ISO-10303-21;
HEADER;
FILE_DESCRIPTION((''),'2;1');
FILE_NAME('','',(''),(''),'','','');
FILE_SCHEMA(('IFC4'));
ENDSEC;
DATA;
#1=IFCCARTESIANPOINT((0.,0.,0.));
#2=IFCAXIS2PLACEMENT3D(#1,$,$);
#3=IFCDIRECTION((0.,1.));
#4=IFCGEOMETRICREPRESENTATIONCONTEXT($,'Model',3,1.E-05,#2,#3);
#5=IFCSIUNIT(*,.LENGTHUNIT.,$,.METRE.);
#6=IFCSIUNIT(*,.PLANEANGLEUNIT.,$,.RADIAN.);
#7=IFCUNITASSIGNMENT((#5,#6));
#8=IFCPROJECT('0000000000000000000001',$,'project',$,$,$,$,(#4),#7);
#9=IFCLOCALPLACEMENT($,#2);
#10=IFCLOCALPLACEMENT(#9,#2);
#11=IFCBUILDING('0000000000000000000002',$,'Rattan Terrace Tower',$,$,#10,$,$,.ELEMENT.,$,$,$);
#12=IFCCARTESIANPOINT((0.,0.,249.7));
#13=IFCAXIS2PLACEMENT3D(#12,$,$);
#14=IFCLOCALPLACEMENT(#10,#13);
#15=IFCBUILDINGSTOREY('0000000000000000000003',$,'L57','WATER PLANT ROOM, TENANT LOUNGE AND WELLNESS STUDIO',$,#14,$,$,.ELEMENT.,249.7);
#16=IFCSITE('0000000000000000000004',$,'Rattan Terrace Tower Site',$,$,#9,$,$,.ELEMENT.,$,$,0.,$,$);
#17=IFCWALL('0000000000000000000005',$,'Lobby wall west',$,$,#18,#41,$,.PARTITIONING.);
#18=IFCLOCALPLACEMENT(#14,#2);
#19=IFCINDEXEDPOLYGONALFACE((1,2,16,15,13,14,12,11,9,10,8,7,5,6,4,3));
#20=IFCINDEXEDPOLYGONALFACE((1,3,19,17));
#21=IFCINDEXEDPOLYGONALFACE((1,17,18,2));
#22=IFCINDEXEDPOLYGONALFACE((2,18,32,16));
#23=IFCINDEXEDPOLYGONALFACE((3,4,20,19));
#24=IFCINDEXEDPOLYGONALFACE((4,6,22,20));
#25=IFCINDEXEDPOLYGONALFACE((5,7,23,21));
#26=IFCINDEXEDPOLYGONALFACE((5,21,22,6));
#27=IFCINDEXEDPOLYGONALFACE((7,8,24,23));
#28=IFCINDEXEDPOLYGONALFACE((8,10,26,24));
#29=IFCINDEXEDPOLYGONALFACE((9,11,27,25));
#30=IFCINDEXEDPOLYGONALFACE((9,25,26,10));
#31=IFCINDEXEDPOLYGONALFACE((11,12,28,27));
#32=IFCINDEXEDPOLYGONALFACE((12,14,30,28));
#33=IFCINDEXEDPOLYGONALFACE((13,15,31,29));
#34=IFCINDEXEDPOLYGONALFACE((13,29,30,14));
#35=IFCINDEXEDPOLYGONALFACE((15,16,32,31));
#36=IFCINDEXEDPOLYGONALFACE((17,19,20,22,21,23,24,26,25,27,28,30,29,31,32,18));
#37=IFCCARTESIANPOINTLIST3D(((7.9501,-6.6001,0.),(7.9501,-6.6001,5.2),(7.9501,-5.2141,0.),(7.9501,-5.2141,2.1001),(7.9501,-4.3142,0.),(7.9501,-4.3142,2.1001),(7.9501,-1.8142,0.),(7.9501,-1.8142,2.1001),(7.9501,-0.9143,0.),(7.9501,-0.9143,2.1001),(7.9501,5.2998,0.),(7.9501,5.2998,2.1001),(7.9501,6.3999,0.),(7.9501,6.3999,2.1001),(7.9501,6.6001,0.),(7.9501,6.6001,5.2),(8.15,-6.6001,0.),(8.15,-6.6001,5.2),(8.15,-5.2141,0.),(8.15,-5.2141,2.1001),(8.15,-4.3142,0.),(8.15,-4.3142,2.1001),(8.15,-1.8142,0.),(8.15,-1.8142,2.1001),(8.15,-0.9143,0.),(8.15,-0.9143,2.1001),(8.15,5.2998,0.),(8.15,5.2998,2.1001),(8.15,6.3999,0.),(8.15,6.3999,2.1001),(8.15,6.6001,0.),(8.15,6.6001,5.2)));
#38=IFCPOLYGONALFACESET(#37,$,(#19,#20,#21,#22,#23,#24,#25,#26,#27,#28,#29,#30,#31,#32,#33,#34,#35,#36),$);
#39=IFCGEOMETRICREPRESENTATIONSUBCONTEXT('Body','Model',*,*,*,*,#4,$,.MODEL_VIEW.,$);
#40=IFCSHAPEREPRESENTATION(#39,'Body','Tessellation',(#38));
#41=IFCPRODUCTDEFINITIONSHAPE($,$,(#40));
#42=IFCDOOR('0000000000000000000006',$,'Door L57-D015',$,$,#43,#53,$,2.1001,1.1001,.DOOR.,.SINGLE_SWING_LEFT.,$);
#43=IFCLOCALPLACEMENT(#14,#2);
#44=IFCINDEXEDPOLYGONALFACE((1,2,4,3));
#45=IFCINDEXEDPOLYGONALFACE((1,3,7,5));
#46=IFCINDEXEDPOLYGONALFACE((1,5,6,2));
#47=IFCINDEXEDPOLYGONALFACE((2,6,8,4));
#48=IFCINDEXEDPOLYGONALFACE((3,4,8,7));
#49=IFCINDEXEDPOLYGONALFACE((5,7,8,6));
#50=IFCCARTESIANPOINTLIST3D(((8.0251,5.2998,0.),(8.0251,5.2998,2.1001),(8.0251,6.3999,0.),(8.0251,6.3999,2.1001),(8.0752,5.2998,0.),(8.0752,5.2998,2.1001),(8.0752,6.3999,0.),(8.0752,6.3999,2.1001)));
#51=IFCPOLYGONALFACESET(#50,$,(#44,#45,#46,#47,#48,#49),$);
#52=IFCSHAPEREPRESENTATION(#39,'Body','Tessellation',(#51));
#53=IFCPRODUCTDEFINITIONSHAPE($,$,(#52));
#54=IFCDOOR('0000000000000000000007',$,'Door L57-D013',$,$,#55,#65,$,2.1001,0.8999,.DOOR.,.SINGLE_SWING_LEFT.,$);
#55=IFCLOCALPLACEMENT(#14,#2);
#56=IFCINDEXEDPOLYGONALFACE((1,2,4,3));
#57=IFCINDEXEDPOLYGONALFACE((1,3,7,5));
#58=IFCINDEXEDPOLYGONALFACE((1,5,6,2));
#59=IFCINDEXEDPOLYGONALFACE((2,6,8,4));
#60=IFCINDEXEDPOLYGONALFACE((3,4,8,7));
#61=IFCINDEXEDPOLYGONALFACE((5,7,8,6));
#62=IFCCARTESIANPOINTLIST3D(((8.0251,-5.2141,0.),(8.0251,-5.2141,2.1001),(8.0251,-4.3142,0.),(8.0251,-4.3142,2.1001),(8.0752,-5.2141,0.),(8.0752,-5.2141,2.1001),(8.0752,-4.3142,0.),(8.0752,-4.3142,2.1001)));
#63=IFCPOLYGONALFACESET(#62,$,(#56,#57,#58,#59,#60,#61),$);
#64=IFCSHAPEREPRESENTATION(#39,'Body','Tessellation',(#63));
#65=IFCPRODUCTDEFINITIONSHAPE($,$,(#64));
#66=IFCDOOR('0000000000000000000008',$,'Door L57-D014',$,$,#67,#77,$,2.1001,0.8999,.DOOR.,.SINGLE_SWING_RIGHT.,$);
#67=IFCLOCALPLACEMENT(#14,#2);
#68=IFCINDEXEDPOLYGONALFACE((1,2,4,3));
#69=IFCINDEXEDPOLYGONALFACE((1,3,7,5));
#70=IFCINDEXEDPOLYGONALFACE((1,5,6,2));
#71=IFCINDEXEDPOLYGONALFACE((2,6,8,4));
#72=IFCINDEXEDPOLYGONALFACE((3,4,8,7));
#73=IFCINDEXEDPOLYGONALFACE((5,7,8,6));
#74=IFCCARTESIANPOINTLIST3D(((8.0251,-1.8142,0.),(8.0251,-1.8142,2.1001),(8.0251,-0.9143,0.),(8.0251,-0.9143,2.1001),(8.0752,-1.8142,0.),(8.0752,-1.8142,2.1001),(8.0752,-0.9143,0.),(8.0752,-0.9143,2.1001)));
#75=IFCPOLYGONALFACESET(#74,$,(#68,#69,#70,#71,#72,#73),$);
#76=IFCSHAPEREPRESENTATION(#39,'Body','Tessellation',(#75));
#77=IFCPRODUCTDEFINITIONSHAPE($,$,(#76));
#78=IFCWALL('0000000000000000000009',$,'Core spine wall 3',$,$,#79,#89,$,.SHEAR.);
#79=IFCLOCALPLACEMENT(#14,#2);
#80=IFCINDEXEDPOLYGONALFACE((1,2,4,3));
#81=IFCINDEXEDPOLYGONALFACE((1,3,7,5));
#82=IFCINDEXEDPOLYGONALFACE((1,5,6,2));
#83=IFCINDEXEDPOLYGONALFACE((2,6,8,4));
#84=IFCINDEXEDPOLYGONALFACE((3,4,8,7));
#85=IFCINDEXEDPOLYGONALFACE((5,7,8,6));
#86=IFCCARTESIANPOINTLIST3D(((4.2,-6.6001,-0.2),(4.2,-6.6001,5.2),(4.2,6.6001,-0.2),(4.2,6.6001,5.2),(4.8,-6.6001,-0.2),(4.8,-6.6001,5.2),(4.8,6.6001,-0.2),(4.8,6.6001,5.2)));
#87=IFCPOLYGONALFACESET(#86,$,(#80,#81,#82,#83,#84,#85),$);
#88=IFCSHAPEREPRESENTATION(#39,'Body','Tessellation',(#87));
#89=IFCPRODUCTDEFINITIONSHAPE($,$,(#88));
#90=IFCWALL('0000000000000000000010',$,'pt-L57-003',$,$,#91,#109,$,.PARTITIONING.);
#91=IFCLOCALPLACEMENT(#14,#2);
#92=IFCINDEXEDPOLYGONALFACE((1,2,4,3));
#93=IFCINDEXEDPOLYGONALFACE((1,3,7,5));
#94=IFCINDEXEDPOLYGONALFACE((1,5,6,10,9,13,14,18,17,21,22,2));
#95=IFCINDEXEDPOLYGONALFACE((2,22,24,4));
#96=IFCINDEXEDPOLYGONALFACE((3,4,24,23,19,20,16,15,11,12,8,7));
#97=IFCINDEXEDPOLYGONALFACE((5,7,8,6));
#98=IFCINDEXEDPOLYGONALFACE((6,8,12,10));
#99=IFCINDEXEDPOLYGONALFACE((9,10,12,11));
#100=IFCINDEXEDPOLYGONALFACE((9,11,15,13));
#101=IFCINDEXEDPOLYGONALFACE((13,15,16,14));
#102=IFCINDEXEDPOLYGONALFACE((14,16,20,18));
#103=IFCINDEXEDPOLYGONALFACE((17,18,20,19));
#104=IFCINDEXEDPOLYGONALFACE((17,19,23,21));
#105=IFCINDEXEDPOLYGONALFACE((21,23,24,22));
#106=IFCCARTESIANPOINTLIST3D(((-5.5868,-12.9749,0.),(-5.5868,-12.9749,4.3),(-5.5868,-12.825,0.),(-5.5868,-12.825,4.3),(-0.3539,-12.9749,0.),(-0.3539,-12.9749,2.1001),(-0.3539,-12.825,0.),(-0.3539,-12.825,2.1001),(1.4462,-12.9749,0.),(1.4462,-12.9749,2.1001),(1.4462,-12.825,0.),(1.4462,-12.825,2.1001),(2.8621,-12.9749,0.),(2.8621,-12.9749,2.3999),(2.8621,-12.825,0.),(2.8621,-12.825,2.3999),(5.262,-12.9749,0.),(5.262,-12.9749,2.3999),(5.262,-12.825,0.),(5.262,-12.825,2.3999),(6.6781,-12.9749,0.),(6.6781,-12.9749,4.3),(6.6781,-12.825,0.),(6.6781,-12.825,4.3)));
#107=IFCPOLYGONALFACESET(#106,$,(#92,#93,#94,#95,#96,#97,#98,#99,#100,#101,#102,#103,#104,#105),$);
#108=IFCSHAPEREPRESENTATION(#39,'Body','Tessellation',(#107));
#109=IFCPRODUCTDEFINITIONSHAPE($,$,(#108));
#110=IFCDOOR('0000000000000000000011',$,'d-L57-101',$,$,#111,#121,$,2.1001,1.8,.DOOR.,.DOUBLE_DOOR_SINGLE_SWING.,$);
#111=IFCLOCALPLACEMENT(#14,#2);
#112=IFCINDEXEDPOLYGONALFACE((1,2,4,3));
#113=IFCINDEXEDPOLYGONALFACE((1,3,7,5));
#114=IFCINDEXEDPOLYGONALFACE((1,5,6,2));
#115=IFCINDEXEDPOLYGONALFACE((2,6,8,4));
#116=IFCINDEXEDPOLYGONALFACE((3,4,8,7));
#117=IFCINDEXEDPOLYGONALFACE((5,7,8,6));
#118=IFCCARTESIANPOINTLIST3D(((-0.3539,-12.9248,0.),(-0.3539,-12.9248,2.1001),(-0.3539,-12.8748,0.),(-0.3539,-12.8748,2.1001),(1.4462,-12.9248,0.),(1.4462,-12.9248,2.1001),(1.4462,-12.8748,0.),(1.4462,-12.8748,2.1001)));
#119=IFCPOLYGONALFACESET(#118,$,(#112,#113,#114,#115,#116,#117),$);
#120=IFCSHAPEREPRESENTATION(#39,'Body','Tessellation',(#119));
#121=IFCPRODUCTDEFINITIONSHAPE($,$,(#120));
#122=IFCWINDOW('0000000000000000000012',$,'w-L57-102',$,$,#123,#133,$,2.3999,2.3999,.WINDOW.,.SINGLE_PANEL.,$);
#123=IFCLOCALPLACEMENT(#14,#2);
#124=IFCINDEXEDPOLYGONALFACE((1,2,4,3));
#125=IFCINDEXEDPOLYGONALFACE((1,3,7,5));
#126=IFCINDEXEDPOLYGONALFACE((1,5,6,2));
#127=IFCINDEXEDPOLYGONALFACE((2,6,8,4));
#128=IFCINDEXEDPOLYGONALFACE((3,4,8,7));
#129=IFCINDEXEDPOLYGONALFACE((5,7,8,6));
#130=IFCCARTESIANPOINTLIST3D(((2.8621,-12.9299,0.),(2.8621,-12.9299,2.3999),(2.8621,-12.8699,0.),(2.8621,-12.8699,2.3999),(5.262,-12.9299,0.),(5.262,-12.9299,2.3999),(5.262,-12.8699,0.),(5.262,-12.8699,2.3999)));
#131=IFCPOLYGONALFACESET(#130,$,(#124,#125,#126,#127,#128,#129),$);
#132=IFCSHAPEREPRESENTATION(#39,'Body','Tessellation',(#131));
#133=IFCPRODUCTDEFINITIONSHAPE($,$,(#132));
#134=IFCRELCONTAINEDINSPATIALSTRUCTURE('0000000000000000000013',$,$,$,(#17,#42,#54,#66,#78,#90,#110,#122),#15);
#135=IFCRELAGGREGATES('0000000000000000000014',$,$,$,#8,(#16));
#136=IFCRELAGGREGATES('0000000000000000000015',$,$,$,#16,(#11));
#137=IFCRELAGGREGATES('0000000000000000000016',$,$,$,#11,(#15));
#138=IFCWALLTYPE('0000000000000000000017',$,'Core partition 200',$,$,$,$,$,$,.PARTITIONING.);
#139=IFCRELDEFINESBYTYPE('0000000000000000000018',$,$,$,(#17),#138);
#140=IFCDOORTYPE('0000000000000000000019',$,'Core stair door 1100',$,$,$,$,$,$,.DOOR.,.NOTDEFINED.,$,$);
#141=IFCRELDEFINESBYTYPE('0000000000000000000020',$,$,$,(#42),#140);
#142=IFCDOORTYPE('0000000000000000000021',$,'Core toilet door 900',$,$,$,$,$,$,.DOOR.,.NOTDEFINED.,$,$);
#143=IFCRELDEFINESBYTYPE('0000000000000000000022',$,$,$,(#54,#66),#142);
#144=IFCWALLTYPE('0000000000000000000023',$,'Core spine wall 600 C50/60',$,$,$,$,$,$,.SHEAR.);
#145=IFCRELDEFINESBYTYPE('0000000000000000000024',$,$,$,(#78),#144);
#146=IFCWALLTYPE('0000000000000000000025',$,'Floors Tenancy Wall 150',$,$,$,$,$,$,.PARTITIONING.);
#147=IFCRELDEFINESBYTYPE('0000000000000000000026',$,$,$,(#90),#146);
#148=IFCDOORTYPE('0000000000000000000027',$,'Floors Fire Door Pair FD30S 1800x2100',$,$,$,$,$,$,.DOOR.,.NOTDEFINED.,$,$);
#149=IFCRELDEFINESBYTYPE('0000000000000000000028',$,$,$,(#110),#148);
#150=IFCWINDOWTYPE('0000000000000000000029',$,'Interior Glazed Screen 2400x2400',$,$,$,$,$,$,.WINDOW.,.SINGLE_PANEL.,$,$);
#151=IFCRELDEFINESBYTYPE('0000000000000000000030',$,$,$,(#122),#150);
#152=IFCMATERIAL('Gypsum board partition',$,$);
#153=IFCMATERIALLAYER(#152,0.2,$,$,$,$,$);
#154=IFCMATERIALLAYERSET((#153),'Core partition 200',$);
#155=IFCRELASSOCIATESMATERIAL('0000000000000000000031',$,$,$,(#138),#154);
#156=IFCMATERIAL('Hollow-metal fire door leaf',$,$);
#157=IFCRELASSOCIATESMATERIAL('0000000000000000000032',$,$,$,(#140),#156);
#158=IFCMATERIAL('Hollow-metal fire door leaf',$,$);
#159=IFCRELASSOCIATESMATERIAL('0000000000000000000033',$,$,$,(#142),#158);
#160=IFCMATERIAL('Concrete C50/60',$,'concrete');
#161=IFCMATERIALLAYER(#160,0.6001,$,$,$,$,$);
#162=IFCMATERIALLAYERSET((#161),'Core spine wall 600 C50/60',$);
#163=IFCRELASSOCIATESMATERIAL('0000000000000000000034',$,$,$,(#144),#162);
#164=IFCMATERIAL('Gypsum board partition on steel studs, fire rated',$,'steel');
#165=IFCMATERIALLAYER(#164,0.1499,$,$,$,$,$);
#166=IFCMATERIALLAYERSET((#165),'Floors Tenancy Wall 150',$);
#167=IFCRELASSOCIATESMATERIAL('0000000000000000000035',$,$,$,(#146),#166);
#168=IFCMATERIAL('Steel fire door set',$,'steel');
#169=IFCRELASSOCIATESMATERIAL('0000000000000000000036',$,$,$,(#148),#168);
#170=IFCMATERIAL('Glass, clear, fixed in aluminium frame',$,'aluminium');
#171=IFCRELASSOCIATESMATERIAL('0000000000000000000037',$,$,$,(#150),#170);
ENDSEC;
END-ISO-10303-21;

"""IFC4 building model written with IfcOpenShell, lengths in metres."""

from ifc_helpers import new_model, si_unit, direction, frame, frame_2d, origin, place, context, subcontext, project, spatial, rectangle, extrude, material, layer, layer_set, type_object, element, fill, save


model = new_model("IFC4")

# Units and contexts
model_context = context("Model", 3, precision=1e-05, world=origin(), true_north=direction((0.0, 1.0)))
body_context = subcontext(model_context, "Body", "Model", "MODEL_VIEW")
ifc_project = project(units=[si_unit("LENGTHUNIT", "METRE"), si_unit("PLANEANGLEUNIT", "RADIAN")], contexts=[model_context])

# Site, building, storey
site_placement = place(None, origin())
site = spatial("IfcSite", under=ifc_project, at=site_placement, Name="Rattan Terrace Tower Site", CompositionType="ELEMENT", RefElevation=0.0)
building_placement = place(site_placement, origin())
building = spatial("IfcBuilding", under=site, at=building_placement, Name="Rattan Terrace Tower", CompositionType="ELEMENT")
storey_placement = place(building_placement, frame((0.0, 0.0, 249.7)))
storey = spatial("IfcBuildingStorey", under=building, at=storey_placement, Name="L57", Description="WATER PLANT ROOM, TENANT LOUNGE AND WELLNESS STUDIO", CompositionType="ELEMENT", Elevation=249.7)

# Wall, openings, doors
ifc_material_1 = material(Name="Gypsum board partition")
ifc_layer_1 = layer(ifc_material_1, 0.2)
ifc_layer_set_1 = layer_set([ifc_layer_1], Name="Core partition 200")
wall_type_1 = type_object("IfcWallType", Name="Core partition 200", PredefinedType="PARTITIONING", material=ifc_layer_set_1)
wall_1_placement = place(storey_placement, frame((8.05, -6.6001, 0.0), z_axis=(0.0, 0.0, 1.0), x_axis=(0.0, 1.0, 0.0)))
wall_1 = element("IfcWall", 1, at=wall_1_placement, inside=storey, type_object=wall_type_1, Name="Lobby wall west", PredefinedType="PARTITIONING", context=body_context, shape_type="SweptSolid", body=[
    extrude(rectangle(XDim=13.2002, YDim=0.2, at=frame_2d((6.6001, 0.0))), origin(), (0.0, 0.0, 1.0), 5.2),
])
opening_1_placement = place(wall_1_placement, frame((1.386, 0.0, 0.0)))
opening_1 = element("IfcOpeningElement", 2, at=opening_1_placement, cuts=wall_1, PredefinedType="OPENING", context=body_context, shape_type="SweptSolid", body=[
    extrude(rectangle(XDim=0.8999, YDim=2.1001, at=frame_2d((0.45, 1.05))), frame((0.0, 0.1106, 0.0), z_axis=(0.0, -1.0, 0.0), x_axis=(1.0, 0.0, 0.0)), (0.0, 0.0, 1.0), 0.2209),
])
opening_2_placement = place(wall_1_placement, frame((4.7859, 0.0, 0.0)))
opening_2 = element("IfcOpeningElement", 3, at=opening_2_placement, cuts=wall_1, PredefinedType="OPENING", context=body_context, shape_type="SweptSolid", body=[
    extrude(rectangle(XDim=0.8999, YDim=2.1001, at=frame_2d((0.45, 1.05))), frame((0.0, 0.1106, 0.0), z_axis=(0.0, -1.0, 0.0), x_axis=(1.0, 0.0, 0.0)), (0.0, 0.0, 1.0), 0.2209),
])
opening_3_placement = place(wall_1_placement, frame((11.8999, 0.0, 0.0)))
opening_3 = element("IfcOpeningElement", 4, at=opening_3_placement, cuts=wall_1, PredefinedType="OPENING", context=body_context, shape_type="SweptSolid", body=[
    extrude(rectangle(XDim=1.1001, YDim=2.1001, at=frame_2d((0.55, 1.05))), frame((0.0, 0.1106, 0.0), z_axis=(0.0, -1.0, 0.0), x_axis=(1.0, 0.0, 0.0)), (0.0, 0.0, 1.0), 0.2209),
])
ifc_material_2 = material(Name="Hollow-metal fire door leaf")
door_type_1 = type_object("IfcDoorType", Name="Core stair door 1100", OperationType="NOTDEFINED", PredefinedType="DOOR", material=ifc_material_2)
door_1_placement = place(opening_3_placement, origin())
door_1 = element("IfcDoor", 5, at=door_1_placement, inside=storey, type_object=door_type_1, Name="Door L57-D015", OperationType="SINGLE_SWING_LEFT", OverallHeight=2.1001, OverallWidth=1.1001, PredefinedType="DOOR", context=body_context, shape_type="SweptSolid", body=[
    extrude(rectangle(XDim=1.1001, YDim=2.1001, at=frame_2d((0.55, 1.05))), frame((0.0, 0.0249, 0.0), z_axis=(0.0, -1.0, 0.0), x_axis=(1.0, 0.0, 0.0)), (0.0, 0.0, 1.0), 0.05),
])
fill(opening_3, door_1)
ifc_material_3 = material(Name="Hollow-metal fire door leaf")
door_type_2 = type_object("IfcDoorType", Name="Core toilet door 900", OperationType="NOTDEFINED", PredefinedType="DOOR", material=ifc_material_3)
door_2_placement = place(opening_1_placement, origin())
door_2 = element("IfcDoor", 6, at=door_2_placement, inside=storey, type_object=door_type_2, Name="Door L57-D013", OperationType="SINGLE_SWING_LEFT", OverallHeight=2.1001, OverallWidth=0.8999, PredefinedType="DOOR", context=body_context, shape_type="SweptSolid", body=[
    extrude(rectangle(XDim=0.8999, YDim=2.1001, at=frame_2d((0.45, 1.05))), frame((0.0, 0.0249, 0.0), z_axis=(0.0, -1.0, 0.0), x_axis=(1.0, 0.0, 0.0)), (0.0, 0.0, 1.0), 0.05),
])
fill(opening_1, door_2)
door_3_placement = place(opening_2_placement, origin())
door_3 = element("IfcDoor", 7, at=door_3_placement, inside=storey, type_object=door_type_2, Name="Door L57-D014", OperationType="SINGLE_SWING_RIGHT", OverallHeight=2.1001, OverallWidth=0.8999, PredefinedType="DOOR", context=body_context, shape_type="SweptSolid", body=[
    extrude(rectangle(XDim=0.8999, YDim=2.1001, at=frame_2d((0.45, 1.05))), frame((0.0, 0.0249, 0.0), z_axis=(0.0, -1.0, 0.0), x_axis=(1.0, 0.0, 0.0)), (0.0, 0.0, 1.0), 0.05),
])
fill(opening_2, door_3)

# Wall
ifc_material_4 = material(Name="Concrete C50/60", Category="concrete")
ifc_layer_2 = layer(ifc_material_4, 0.6001)
ifc_layer_set_2 = layer_set([ifc_layer_2], Name="Core spine wall 600 C50/60")
wall_type_2 = type_object("IfcWallType", Name="Core spine wall 600 C50/60", PredefinedType="SHEAR", material=ifc_layer_set_2)
wall_2_placement = place(storey_placement, frame((4.5, -6.6001, -0.2), z_axis=(0.0, 0.0, 1.0), x_axis=(0.0, 1.0, 0.0)))
element("IfcWall", 8, at=wall_2_placement, inside=storey, type_object=wall_type_2, Name="Core spine wall 3", PredefinedType="SHEAR", context=body_context, shape_type="SweptSolid", body=[
    extrude(rectangle(XDim=13.2002, YDim=0.6001, at=frame_2d((6.6001, 0.0))), origin(), (0.0, 0.0, 1.0), 5.3999),
])

# Wall, openings, door, window
ifc_material_5 = material(Name="Gypsum board partition on steel studs, fire rated", Category="steel")
ifc_layer_3 = layer(ifc_material_5, 0.1499)
ifc_layer_set_3 = layer_set([ifc_layer_3], Name="Floors Tenancy Wall 150")
wall_type_3 = type_object("IfcWallType", Name="Floors Tenancy Wall 150", PredefinedType="PARTITIONING", material=ifc_layer_set_3)
wall_3_placement = place(storey_placement, frame((6.678, -12.8999, 0.0), z_axis=(0.0, 0.0, 1.0), x_axis=(-1.0, 0.0, 0.0)))
wall_3 = element("IfcWall", 9, at=wall_3_placement, inside=storey, type_object=wall_type_3, Name="pt-L57-003", PredefinedType="PARTITIONING", context=body_context, shape_type="SweptSolid", body=[
    extrude(rectangle(XDim=12.2649, YDim=0.1499, at=frame_2d((6.1323, 0.0))), origin(), (0.0, 0.0, 1.0), 4.3),
])
opening_4_placement = place(wall_3_placement, frame((5.2319, 0.0, 0.0)))
opening_4 = element("IfcOpeningElement", 10, at=opening_4_placement, cuts=wall_3, PredefinedType="OPENING", context=body_context, shape_type="SweptSolid", body=[
    extrude(rectangle(XDim=1.8, YDim=2.1001, at=frame_2d((0.8999, 1.05))), frame((0.0, 0.0854, 0.0), z_axis=(0.0, -1.0, 0.0), x_axis=(1.0, 0.0, 0.0)), (0.0, 0.0, 1.0), 0.1709),
])
opening_5_placement = place(wall_3_placement, frame((1.416, 0.0, 0.0)))
opening_5 = element("IfcOpeningElement", 11, at=opening_5_placement, cuts=wall_3, PredefinedType="OPENING", context=body_context, shape_type="SweptSolid", body=[
    extrude(rectangle(XDim=2.3999, YDim=2.3999, at=frame_2d((1.2, 1.2))), frame((0.0, 0.0854, 0.0), z_axis=(0.0, -1.0, 0.0), x_axis=(1.0, 0.0, 0.0)), (0.0, 0.0, 1.0), 0.1709),
])
ifc_material_6 = material(Name="Steel fire door set", Category="steel")
door_type_3 = type_object("IfcDoorType", Name="Floors Fire Door Pair FD30S 1800x2100", OperationType="NOTDEFINED", PredefinedType="DOOR", material=ifc_material_6)
door_4_placement = place(opening_4_placement, origin())
door_4 = element("IfcDoor", 12, at=door_4_placement, inside=storey, type_object=door_type_3, Name="d-L57-101", OperationType="DOUBLE_DOOR_SINGLE_SWING", OverallHeight=2.1001, OverallWidth=1.8, PredefinedType="DOOR", context=body_context, shape_type="SweptSolid", body=[
    extrude(rectangle(XDim=1.8, YDim=2.1001, at=frame_2d((0.8999, 1.05))), frame((0.0, 0.0249, 0.0), z_axis=(0.0, -1.0, 0.0), x_axis=(1.0, 0.0, 0.0)), (0.0, 0.0, 1.0), 0.05),
])
fill(opening_4, door_4)
ifc_material_7 = material(Name="Glass, clear, fixed in aluminium frame", Category="aluminium")
window_type = type_object("IfcWindowType", Name="Interior Glazed Screen 2400x2400", PartitioningType="SINGLE_PANEL", PredefinedType="WINDOW", material=ifc_material_7)
window_placement = place(opening_5_placement, origin())
window = element("IfcWindow", 13, at=window_placement, inside=storey, type_object=window_type, Name="w-L57-102", OverallHeight=2.3999, OverallWidth=2.3999, PartitioningType="SINGLE_PANEL", PredefinedType="WINDOW", context=body_context, shape_type="SweptSolid", body=[
    extrude(rectangle(XDim=2.3999, YDim=2.3999, at=frame_2d((1.2, 1.2))), frame((0.0, 0.03, 0.0), z_axis=(0.0, -1.0, 0.0), x_axis=(1.0, 0.0, 0.0)), (0.0, 0.0, 1.0), 0.0601),
])
fill(opening_5, window)

save(model, "model.ifc")
